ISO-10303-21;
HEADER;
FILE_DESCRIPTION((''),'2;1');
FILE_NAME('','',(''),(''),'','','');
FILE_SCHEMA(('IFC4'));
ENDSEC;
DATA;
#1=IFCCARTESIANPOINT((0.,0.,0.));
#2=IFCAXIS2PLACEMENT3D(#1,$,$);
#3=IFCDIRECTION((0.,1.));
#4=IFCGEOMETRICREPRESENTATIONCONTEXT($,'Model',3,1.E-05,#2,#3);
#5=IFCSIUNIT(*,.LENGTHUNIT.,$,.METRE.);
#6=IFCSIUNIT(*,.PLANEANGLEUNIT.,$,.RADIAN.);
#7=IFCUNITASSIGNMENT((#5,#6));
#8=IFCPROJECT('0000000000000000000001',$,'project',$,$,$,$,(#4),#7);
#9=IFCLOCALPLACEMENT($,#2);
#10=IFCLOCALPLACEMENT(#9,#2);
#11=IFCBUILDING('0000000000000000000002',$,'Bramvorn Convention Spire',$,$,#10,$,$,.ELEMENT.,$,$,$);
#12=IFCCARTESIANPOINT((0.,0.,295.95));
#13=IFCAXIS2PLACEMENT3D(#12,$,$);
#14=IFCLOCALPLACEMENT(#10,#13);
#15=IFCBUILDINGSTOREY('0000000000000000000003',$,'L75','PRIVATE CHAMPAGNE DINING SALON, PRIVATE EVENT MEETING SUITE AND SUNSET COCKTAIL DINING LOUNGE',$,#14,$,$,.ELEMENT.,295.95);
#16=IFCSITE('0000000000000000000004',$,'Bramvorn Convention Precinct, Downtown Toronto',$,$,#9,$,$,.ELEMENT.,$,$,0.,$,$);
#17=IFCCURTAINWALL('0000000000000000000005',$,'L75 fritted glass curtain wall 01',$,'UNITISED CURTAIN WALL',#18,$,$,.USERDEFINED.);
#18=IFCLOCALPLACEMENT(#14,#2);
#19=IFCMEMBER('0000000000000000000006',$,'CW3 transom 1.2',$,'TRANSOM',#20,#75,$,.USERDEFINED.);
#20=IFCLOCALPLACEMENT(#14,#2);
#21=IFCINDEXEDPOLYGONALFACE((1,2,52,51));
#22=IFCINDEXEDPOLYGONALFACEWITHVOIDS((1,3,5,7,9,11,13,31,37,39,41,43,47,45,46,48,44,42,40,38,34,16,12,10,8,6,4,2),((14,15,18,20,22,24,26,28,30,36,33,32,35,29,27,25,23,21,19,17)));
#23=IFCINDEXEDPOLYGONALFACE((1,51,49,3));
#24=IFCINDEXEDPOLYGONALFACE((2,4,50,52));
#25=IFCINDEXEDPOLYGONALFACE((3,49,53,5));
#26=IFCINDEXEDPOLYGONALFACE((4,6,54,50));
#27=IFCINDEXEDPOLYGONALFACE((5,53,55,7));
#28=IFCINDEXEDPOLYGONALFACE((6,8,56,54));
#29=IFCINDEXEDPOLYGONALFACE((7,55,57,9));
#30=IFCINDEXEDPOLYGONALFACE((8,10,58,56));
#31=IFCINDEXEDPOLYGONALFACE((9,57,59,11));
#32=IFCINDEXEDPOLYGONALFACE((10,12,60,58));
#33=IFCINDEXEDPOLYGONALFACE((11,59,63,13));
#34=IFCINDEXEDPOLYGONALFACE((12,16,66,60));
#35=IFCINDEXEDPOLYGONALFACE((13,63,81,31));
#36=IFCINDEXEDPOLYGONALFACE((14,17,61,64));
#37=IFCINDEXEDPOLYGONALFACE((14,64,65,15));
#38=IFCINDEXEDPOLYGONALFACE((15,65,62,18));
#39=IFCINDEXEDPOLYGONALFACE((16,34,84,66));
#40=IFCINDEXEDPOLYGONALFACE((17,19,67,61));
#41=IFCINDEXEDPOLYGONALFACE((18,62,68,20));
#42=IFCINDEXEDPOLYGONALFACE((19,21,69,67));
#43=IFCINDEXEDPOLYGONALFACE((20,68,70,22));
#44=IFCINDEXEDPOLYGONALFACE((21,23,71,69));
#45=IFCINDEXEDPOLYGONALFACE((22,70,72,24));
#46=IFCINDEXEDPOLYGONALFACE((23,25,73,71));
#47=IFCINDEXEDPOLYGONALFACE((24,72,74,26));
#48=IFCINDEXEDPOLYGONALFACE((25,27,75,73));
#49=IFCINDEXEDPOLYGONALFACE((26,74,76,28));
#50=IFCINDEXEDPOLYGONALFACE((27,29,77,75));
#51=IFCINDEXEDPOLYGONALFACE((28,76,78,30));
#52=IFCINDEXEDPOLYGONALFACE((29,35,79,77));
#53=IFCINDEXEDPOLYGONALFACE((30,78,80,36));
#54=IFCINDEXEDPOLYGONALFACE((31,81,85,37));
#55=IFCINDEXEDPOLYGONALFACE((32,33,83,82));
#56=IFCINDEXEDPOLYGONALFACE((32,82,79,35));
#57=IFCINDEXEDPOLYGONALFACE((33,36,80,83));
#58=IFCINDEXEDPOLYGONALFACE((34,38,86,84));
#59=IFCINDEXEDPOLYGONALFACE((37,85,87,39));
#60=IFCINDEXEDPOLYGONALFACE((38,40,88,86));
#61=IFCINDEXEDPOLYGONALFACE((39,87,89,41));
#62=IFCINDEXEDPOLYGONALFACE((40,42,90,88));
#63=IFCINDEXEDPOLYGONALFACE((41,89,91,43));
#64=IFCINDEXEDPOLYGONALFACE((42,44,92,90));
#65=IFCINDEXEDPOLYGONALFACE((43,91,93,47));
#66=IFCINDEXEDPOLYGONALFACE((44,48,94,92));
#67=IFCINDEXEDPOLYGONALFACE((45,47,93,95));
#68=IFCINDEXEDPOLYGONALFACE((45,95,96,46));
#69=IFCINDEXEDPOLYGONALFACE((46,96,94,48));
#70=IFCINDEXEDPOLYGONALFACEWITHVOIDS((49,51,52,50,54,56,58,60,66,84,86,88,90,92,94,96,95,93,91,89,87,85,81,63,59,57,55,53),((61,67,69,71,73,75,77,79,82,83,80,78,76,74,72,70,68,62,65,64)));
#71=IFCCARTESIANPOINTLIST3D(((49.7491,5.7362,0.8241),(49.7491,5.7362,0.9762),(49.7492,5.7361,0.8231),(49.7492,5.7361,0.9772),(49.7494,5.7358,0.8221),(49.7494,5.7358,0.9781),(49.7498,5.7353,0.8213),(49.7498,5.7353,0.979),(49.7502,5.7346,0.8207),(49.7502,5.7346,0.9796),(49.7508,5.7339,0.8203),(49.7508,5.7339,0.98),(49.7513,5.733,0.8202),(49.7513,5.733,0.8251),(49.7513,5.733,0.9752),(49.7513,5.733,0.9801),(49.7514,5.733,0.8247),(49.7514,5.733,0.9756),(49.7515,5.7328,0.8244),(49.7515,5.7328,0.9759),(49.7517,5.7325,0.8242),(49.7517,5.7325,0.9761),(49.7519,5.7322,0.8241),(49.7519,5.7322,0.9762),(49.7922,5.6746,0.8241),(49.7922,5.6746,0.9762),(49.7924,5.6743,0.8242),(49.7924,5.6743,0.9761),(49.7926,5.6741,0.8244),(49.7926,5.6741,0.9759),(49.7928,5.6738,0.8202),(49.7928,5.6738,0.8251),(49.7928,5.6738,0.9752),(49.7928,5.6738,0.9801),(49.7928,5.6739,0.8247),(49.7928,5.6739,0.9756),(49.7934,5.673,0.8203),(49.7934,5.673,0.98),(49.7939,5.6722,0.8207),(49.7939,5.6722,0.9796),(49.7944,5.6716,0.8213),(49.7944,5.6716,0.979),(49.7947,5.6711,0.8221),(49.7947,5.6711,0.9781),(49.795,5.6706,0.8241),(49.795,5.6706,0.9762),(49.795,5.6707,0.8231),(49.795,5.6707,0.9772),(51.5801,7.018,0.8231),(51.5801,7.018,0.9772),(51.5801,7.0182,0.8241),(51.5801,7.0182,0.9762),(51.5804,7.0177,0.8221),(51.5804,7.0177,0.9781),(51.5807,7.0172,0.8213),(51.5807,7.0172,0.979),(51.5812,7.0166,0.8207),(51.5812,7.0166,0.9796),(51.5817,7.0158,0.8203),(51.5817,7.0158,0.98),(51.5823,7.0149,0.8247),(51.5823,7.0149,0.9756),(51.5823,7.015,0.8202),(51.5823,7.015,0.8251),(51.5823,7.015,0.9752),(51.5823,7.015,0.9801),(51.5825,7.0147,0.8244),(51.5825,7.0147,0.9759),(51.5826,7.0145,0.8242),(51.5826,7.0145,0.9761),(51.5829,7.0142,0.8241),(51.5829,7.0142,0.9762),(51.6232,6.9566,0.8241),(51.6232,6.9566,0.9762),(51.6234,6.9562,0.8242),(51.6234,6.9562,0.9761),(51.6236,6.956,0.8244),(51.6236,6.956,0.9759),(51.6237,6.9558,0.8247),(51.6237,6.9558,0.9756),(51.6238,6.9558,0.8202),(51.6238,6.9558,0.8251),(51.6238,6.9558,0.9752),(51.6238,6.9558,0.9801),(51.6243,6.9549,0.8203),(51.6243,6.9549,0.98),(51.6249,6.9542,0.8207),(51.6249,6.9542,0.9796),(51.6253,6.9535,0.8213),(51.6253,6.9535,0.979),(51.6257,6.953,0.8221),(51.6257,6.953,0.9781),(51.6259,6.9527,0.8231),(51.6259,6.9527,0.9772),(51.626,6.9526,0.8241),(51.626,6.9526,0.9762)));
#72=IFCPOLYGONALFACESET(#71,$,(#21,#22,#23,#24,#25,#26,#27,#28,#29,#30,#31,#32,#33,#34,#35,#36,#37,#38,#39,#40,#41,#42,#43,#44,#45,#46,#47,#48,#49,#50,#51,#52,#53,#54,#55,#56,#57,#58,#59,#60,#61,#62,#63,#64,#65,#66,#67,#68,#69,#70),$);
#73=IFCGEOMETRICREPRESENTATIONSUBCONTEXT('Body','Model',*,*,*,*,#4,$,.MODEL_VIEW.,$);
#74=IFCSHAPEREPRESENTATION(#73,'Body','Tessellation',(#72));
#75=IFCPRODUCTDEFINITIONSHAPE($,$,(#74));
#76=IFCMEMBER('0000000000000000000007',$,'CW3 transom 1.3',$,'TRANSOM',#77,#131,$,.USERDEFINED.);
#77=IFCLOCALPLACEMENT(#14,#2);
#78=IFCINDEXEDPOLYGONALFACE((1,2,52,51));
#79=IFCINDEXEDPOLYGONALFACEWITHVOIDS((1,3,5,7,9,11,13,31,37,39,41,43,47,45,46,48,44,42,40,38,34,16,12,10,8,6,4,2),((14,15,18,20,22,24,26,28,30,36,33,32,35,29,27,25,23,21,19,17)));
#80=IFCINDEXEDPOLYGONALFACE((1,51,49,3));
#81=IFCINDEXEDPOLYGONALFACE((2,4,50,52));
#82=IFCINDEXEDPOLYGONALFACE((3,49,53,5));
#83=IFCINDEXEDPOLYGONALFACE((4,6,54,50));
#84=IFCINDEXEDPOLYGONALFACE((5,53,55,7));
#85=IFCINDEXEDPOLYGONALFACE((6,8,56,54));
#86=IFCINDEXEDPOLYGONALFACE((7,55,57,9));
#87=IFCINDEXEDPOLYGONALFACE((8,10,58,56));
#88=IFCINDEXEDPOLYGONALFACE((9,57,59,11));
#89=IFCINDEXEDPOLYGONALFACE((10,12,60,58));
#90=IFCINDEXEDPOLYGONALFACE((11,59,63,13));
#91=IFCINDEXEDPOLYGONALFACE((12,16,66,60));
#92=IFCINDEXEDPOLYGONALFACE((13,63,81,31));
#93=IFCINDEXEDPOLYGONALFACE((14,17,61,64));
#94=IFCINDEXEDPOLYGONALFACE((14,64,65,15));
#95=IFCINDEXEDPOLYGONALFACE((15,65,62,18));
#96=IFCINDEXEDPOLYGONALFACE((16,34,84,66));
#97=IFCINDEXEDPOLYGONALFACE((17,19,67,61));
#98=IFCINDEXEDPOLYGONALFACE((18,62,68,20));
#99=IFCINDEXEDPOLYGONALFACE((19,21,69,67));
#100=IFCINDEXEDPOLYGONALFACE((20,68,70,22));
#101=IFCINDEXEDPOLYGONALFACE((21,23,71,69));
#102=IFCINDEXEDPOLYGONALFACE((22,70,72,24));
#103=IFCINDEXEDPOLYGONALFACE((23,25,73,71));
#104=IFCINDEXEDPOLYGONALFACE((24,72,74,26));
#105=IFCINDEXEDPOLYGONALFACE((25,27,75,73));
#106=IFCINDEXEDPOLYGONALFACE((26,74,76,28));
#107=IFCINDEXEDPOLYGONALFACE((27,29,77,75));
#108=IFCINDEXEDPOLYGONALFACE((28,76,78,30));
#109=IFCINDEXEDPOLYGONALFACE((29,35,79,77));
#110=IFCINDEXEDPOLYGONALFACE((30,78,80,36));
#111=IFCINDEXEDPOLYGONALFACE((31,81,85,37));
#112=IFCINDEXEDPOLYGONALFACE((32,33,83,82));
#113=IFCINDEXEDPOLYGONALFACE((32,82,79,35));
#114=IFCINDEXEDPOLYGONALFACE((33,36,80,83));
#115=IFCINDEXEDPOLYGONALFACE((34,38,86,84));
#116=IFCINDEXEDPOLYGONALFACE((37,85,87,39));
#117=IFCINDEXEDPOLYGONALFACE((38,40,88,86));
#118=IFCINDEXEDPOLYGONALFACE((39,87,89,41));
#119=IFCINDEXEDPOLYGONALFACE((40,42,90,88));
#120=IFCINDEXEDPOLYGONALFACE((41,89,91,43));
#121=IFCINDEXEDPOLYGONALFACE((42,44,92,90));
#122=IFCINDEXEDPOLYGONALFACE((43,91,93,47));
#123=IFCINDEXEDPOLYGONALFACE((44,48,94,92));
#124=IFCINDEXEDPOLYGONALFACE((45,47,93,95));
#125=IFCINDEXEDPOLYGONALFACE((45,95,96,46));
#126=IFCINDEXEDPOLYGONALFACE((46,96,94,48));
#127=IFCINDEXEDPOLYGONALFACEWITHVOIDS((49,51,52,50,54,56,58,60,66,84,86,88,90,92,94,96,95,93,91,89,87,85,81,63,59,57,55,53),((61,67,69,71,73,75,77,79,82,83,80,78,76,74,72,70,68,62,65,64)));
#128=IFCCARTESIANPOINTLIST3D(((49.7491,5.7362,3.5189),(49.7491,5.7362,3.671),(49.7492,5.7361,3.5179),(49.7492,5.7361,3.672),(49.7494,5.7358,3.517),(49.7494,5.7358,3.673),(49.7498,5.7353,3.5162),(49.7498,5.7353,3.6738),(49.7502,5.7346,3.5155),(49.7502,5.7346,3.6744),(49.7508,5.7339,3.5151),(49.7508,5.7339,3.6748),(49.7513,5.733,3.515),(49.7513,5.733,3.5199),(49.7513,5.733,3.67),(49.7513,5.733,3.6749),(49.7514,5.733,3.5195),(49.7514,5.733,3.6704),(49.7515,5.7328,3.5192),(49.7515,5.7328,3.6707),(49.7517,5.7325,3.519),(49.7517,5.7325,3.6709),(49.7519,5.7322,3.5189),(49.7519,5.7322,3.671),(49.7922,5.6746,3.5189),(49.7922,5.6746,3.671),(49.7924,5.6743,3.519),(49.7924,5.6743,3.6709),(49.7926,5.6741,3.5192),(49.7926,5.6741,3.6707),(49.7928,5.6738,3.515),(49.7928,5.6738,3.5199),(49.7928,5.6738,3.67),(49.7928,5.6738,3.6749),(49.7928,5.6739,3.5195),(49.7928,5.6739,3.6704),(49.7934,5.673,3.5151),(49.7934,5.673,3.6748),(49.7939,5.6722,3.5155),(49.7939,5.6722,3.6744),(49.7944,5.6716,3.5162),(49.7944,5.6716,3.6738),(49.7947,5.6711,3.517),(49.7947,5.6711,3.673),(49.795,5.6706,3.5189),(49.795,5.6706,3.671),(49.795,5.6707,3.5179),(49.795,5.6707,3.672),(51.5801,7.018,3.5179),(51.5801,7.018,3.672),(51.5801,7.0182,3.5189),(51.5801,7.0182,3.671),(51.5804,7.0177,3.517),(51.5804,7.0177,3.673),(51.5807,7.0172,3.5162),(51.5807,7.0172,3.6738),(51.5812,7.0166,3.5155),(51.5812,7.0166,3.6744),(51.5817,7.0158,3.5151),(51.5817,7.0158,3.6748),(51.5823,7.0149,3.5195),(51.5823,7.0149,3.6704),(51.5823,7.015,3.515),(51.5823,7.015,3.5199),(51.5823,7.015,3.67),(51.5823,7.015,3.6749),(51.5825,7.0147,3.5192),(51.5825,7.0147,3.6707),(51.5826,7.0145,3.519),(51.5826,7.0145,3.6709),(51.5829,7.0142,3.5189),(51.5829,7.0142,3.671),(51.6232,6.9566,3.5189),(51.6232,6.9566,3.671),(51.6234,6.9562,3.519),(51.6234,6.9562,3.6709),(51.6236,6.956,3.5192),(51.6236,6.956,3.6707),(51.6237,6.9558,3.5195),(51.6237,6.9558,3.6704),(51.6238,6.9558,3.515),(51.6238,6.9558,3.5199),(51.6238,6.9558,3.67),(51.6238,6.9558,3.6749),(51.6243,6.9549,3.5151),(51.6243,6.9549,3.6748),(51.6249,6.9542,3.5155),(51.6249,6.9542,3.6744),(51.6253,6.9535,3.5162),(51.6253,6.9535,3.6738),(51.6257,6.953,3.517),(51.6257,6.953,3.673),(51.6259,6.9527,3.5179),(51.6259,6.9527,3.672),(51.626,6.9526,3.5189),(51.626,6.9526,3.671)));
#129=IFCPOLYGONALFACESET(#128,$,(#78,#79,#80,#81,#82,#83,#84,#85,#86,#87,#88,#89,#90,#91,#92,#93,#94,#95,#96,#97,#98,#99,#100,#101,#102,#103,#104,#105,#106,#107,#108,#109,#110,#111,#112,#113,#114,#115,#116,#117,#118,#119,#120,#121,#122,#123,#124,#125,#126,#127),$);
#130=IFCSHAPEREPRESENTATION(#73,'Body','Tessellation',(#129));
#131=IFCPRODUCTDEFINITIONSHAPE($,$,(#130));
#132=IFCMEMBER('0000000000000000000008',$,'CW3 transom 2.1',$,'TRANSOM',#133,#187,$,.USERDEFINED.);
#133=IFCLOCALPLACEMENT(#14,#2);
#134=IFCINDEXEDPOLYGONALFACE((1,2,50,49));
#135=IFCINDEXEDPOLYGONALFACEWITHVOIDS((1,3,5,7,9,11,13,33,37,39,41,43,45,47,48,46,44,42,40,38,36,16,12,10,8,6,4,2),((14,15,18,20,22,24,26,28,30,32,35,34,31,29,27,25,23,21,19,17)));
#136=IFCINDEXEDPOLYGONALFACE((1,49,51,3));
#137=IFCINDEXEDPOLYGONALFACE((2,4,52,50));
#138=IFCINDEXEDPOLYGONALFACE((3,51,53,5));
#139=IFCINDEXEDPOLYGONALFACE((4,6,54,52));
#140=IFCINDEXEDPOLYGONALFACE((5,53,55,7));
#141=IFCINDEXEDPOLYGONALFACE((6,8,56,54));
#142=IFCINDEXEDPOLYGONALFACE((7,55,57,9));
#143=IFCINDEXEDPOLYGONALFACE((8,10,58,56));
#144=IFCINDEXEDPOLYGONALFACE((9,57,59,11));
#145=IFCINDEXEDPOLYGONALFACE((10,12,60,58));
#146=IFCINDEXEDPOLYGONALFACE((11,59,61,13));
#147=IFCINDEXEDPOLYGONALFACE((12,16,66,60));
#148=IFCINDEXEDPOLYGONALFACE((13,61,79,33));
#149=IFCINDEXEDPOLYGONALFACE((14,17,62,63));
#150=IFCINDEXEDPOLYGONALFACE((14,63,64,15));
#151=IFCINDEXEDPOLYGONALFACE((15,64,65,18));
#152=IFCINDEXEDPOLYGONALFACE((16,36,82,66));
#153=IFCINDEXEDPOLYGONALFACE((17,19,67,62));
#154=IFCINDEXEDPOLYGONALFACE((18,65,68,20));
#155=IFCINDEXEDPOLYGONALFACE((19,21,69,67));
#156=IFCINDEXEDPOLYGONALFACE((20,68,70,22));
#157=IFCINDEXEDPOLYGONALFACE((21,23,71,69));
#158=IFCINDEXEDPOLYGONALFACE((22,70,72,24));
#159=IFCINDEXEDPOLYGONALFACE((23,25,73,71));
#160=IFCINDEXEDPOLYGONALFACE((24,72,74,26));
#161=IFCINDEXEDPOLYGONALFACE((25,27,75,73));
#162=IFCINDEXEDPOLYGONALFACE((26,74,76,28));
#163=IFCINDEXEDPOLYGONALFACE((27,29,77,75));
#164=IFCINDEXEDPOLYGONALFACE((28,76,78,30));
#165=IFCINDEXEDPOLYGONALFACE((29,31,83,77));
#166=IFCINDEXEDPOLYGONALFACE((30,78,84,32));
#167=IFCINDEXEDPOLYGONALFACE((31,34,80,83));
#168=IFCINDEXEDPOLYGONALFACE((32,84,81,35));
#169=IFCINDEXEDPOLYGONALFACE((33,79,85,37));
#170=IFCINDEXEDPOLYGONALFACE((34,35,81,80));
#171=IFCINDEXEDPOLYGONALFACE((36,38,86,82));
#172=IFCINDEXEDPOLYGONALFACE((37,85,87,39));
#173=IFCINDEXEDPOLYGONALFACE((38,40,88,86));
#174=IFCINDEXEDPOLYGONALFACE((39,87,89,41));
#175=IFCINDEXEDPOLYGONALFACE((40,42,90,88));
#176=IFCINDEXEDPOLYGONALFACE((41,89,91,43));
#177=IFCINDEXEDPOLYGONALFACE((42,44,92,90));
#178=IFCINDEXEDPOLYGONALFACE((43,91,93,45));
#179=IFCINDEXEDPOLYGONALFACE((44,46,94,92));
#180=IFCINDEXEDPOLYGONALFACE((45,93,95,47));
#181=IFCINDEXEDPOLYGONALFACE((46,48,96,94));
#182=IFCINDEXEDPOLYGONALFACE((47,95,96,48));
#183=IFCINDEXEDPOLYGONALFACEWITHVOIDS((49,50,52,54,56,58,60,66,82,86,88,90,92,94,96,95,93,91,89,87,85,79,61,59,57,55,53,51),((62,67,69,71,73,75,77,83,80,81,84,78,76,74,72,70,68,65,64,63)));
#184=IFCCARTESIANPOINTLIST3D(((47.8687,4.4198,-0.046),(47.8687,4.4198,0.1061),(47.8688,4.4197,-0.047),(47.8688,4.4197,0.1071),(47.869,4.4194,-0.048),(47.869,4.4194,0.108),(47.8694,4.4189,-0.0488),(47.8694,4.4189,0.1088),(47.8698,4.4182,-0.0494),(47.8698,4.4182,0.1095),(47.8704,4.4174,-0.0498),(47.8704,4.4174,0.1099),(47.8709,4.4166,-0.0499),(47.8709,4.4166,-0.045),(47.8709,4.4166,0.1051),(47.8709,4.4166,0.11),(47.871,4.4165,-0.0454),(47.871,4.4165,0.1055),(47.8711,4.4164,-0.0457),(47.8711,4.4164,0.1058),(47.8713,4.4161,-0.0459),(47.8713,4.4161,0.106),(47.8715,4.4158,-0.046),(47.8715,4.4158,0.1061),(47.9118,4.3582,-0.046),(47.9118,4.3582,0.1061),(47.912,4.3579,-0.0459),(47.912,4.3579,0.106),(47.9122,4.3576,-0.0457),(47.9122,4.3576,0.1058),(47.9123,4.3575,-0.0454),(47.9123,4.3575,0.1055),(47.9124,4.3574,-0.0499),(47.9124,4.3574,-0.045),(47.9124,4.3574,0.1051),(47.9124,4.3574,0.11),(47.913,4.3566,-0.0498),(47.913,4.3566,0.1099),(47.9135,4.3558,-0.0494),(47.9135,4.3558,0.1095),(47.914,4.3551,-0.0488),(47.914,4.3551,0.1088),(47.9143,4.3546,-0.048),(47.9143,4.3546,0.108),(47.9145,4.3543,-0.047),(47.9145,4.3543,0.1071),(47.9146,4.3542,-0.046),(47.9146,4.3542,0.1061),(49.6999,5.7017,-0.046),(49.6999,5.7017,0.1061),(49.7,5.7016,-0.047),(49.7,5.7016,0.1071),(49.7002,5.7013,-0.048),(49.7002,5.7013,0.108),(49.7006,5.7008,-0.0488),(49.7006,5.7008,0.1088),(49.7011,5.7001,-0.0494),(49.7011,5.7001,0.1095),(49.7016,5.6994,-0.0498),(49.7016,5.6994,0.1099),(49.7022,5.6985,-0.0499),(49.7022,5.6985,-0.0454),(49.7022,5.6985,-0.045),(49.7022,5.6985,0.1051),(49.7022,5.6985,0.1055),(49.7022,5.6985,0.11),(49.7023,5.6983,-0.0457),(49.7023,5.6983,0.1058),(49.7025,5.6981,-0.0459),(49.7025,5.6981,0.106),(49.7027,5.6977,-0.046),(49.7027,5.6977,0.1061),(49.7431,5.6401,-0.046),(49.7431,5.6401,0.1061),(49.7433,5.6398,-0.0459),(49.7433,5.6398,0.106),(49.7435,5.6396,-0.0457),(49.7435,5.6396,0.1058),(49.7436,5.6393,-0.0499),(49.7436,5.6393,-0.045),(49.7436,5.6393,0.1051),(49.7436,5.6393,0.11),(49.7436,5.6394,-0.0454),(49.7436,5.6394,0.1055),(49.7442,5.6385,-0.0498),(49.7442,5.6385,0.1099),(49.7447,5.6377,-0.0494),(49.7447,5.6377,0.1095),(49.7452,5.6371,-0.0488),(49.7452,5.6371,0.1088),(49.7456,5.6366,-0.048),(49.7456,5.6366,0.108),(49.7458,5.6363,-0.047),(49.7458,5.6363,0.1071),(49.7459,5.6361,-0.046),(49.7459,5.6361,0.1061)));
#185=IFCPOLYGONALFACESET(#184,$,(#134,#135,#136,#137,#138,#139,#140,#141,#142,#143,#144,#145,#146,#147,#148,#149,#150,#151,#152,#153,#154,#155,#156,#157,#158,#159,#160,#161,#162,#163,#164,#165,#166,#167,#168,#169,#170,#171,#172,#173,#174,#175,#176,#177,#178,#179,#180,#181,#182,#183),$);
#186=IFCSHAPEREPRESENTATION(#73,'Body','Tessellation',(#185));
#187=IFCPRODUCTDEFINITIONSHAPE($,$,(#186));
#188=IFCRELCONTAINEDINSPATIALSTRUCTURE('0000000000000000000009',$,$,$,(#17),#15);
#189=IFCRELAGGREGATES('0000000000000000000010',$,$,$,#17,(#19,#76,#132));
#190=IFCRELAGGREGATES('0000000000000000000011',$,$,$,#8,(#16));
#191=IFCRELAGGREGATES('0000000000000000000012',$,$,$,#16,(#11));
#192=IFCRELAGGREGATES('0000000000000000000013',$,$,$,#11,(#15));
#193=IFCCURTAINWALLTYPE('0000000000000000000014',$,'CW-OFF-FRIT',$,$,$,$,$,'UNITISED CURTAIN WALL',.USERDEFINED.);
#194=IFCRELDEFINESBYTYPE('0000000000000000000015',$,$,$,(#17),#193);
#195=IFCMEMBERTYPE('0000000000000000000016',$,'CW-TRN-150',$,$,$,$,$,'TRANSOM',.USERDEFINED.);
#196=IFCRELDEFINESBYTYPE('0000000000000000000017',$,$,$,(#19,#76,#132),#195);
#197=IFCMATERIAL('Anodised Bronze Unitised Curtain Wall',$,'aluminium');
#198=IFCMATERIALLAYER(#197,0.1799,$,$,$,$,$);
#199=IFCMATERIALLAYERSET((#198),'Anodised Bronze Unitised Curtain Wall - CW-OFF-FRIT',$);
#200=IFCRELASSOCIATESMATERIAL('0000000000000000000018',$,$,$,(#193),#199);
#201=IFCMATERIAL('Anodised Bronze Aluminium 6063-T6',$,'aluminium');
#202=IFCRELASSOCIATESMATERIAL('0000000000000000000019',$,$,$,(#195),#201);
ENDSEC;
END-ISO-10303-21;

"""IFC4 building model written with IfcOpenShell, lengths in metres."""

from ifc_helpers import new_model, si_unit, direction, frame, origin, origin_2d, place, context, subcontext, project, spatial, hollow_rectangle, extrude, material, layer, layer_set, material_profile, profile_set, type_object, element, aggregate, save


model = new_model("IFC4")

# Units and contexts
model_context = context("Model", 3, precision=1e-05, world=origin(), true_north=direction((0.0, 1.0)))
body_context = subcontext(model_context, "Body", "Model", "MODEL_VIEW")
ifc_project = project(units=[si_unit("LENGTHUNIT", "METRE"), si_unit("PLANEANGLEUNIT", "RADIAN")], contexts=[model_context])

# Site, building, storey
site_placement = place(None, origin())
site = spatial("IfcSite", under=ifc_project, at=site_placement, Name="Bramvorn Convention Precinct, Downtown Toronto", CompositionType="ELEMENT", RefElevation=0.0)
building_placement = place(site_placement, origin())
building = spatial("IfcBuilding", under=site, at=building_placement, Name="Bramvorn Convention Spire", CompositionType="ELEMENT")
storey_placement = place(building_placement, frame((0.0, 0.0, 295.95)))
storey = spatial("IfcBuildingStorey", under=building, at=storey_placement, Name="L75", Description="PRIVATE CHAMPAGNE DINING SALON, PRIVATE EVENT MEETING SUITE AND SUNSET COCKTAIL DINING LOUNGE", CompositionType="ELEMENT", Elevation=295.95)

# Curtain wall, members
ifc_material_1 = material(Name="Anodised Bronze Unitised Curtain Wall", Category="aluminium")
ifc_layer_1 = layer(ifc_material_1, 0.1799)
ifc_layer_set_1 = layer_set([ifc_layer_1], Name="Anodised Bronze Unitised Curtain Wall - CW-OFF-FRIT")
curtain_wall_type = type_object("IfcCurtainWallType", Name="CW-OFF-FRIT", ElementType="UNITISED CURTAIN WALL", PredefinedType="USERDEFINED", material=ifc_layer_set_1)
curtain_wall_placement = place(storey_placement, origin())
curtain_wall = element("IfcCurtainWall", 1, at=curtain_wall_placement, inside=storey, type_object=curtain_wall_type, Name="L75 fritted glass curtain wall 01", ObjectType="UNITISED CURTAIN WALL", PredefinedType="USERDEFINED")
ifc_material_2 = material(Name="Anodised Bronze Aluminium 6063-T6", Category="aluminium")
ifc_material_profile_1 = material_profile(ifc_material_2, hollow_rectangle(XDim=0.0801, YDim=0.1599, WallThickness=0.0039, InnerFilletRadius=0.001, OuterFilletRadius=0.0039, at=origin_2d()))
ifc_profile_set_1 = profile_set([ifc_material_profile_1], Name="Anodised Bronze Aluminium 6063-T6 - CWT80X160")
member_type_1 = type_object("IfcMemberType", Name="CW-TRN-150", ElementType="TRANSOM", PredefinedType="USERDEFINED", material=ifc_profile_set_1)
member_1_placement = place(storey_placement, frame((51.603, 6.9854, 0.9001), z_axis=(-0.819181, -0.573536, 0.0), x_axis=(0.573536, -0.819181, 0.0)))
member_1 = element("IfcMember", 2, at=member_1_placement, type_object=member_type_1, Name="CW3 transom 1.2", ObjectType="TRANSOM", PredefinedType="USERDEFINED", context=body_context, shape_type="SweptSolid", body=[
    extrude(hollow_rectangle(XDim=0.0801, YDim=0.1599, WallThickness=0.0039, InnerFilletRadius=0.001, OuterFilletRadius=0.0039, at=origin_2d()), origin(), (0.0, 0.0, 1.0), 2.2351),
])
member_2_placement = place(storey_placement, frame((51.603, 6.9854, 3.595), z_axis=(-0.819181, -0.573536, 0.0), x_axis=(0.573536, -0.819181, 0.0)))
member_2 = element("IfcMember", 3, at=member_2_placement, type_object=member_type_1, Name="CW3 transom 1.3", ObjectType="TRANSOM", PredefinedType="USERDEFINED", context=body_context, shape_type="SweptSolid", body=[
    extrude(hollow_rectangle(XDim=0.0801, YDim=0.1599, WallThickness=0.0039, InnerFilletRadius=0.001, OuterFilletRadius=0.0039, at=origin_2d()), origin(), (0.0, 0.0, 1.0), 2.2351),
])
member_3_placement = place(storey_placement, frame((49.7229, 5.6689, 0.03), z_axis=(-0.819217, -0.573484, 0.0), x_axis=(0.573484, -0.819217, 0.0)))
member_3 = element("IfcMember", 4, at=member_3_placement, type_object=member_type_1, Name="CW3 transom 2.1", ObjectType="TRANSOM", PredefinedType="USERDEFINED", context=body_context, shape_type="SweptSolid", body=[
    extrude(hollow_rectangle(XDim=0.0801, YDim=0.1599, WallThickness=0.0039, InnerFilletRadius=0.001, OuterFilletRadius=0.0039, at=origin_2d()), origin(), (0.0, 0.0, 1.0), 2.2354),
])
aggregate(curtain_wall, [member_1, member_2, member_3])

save(model, "model.ifc")
